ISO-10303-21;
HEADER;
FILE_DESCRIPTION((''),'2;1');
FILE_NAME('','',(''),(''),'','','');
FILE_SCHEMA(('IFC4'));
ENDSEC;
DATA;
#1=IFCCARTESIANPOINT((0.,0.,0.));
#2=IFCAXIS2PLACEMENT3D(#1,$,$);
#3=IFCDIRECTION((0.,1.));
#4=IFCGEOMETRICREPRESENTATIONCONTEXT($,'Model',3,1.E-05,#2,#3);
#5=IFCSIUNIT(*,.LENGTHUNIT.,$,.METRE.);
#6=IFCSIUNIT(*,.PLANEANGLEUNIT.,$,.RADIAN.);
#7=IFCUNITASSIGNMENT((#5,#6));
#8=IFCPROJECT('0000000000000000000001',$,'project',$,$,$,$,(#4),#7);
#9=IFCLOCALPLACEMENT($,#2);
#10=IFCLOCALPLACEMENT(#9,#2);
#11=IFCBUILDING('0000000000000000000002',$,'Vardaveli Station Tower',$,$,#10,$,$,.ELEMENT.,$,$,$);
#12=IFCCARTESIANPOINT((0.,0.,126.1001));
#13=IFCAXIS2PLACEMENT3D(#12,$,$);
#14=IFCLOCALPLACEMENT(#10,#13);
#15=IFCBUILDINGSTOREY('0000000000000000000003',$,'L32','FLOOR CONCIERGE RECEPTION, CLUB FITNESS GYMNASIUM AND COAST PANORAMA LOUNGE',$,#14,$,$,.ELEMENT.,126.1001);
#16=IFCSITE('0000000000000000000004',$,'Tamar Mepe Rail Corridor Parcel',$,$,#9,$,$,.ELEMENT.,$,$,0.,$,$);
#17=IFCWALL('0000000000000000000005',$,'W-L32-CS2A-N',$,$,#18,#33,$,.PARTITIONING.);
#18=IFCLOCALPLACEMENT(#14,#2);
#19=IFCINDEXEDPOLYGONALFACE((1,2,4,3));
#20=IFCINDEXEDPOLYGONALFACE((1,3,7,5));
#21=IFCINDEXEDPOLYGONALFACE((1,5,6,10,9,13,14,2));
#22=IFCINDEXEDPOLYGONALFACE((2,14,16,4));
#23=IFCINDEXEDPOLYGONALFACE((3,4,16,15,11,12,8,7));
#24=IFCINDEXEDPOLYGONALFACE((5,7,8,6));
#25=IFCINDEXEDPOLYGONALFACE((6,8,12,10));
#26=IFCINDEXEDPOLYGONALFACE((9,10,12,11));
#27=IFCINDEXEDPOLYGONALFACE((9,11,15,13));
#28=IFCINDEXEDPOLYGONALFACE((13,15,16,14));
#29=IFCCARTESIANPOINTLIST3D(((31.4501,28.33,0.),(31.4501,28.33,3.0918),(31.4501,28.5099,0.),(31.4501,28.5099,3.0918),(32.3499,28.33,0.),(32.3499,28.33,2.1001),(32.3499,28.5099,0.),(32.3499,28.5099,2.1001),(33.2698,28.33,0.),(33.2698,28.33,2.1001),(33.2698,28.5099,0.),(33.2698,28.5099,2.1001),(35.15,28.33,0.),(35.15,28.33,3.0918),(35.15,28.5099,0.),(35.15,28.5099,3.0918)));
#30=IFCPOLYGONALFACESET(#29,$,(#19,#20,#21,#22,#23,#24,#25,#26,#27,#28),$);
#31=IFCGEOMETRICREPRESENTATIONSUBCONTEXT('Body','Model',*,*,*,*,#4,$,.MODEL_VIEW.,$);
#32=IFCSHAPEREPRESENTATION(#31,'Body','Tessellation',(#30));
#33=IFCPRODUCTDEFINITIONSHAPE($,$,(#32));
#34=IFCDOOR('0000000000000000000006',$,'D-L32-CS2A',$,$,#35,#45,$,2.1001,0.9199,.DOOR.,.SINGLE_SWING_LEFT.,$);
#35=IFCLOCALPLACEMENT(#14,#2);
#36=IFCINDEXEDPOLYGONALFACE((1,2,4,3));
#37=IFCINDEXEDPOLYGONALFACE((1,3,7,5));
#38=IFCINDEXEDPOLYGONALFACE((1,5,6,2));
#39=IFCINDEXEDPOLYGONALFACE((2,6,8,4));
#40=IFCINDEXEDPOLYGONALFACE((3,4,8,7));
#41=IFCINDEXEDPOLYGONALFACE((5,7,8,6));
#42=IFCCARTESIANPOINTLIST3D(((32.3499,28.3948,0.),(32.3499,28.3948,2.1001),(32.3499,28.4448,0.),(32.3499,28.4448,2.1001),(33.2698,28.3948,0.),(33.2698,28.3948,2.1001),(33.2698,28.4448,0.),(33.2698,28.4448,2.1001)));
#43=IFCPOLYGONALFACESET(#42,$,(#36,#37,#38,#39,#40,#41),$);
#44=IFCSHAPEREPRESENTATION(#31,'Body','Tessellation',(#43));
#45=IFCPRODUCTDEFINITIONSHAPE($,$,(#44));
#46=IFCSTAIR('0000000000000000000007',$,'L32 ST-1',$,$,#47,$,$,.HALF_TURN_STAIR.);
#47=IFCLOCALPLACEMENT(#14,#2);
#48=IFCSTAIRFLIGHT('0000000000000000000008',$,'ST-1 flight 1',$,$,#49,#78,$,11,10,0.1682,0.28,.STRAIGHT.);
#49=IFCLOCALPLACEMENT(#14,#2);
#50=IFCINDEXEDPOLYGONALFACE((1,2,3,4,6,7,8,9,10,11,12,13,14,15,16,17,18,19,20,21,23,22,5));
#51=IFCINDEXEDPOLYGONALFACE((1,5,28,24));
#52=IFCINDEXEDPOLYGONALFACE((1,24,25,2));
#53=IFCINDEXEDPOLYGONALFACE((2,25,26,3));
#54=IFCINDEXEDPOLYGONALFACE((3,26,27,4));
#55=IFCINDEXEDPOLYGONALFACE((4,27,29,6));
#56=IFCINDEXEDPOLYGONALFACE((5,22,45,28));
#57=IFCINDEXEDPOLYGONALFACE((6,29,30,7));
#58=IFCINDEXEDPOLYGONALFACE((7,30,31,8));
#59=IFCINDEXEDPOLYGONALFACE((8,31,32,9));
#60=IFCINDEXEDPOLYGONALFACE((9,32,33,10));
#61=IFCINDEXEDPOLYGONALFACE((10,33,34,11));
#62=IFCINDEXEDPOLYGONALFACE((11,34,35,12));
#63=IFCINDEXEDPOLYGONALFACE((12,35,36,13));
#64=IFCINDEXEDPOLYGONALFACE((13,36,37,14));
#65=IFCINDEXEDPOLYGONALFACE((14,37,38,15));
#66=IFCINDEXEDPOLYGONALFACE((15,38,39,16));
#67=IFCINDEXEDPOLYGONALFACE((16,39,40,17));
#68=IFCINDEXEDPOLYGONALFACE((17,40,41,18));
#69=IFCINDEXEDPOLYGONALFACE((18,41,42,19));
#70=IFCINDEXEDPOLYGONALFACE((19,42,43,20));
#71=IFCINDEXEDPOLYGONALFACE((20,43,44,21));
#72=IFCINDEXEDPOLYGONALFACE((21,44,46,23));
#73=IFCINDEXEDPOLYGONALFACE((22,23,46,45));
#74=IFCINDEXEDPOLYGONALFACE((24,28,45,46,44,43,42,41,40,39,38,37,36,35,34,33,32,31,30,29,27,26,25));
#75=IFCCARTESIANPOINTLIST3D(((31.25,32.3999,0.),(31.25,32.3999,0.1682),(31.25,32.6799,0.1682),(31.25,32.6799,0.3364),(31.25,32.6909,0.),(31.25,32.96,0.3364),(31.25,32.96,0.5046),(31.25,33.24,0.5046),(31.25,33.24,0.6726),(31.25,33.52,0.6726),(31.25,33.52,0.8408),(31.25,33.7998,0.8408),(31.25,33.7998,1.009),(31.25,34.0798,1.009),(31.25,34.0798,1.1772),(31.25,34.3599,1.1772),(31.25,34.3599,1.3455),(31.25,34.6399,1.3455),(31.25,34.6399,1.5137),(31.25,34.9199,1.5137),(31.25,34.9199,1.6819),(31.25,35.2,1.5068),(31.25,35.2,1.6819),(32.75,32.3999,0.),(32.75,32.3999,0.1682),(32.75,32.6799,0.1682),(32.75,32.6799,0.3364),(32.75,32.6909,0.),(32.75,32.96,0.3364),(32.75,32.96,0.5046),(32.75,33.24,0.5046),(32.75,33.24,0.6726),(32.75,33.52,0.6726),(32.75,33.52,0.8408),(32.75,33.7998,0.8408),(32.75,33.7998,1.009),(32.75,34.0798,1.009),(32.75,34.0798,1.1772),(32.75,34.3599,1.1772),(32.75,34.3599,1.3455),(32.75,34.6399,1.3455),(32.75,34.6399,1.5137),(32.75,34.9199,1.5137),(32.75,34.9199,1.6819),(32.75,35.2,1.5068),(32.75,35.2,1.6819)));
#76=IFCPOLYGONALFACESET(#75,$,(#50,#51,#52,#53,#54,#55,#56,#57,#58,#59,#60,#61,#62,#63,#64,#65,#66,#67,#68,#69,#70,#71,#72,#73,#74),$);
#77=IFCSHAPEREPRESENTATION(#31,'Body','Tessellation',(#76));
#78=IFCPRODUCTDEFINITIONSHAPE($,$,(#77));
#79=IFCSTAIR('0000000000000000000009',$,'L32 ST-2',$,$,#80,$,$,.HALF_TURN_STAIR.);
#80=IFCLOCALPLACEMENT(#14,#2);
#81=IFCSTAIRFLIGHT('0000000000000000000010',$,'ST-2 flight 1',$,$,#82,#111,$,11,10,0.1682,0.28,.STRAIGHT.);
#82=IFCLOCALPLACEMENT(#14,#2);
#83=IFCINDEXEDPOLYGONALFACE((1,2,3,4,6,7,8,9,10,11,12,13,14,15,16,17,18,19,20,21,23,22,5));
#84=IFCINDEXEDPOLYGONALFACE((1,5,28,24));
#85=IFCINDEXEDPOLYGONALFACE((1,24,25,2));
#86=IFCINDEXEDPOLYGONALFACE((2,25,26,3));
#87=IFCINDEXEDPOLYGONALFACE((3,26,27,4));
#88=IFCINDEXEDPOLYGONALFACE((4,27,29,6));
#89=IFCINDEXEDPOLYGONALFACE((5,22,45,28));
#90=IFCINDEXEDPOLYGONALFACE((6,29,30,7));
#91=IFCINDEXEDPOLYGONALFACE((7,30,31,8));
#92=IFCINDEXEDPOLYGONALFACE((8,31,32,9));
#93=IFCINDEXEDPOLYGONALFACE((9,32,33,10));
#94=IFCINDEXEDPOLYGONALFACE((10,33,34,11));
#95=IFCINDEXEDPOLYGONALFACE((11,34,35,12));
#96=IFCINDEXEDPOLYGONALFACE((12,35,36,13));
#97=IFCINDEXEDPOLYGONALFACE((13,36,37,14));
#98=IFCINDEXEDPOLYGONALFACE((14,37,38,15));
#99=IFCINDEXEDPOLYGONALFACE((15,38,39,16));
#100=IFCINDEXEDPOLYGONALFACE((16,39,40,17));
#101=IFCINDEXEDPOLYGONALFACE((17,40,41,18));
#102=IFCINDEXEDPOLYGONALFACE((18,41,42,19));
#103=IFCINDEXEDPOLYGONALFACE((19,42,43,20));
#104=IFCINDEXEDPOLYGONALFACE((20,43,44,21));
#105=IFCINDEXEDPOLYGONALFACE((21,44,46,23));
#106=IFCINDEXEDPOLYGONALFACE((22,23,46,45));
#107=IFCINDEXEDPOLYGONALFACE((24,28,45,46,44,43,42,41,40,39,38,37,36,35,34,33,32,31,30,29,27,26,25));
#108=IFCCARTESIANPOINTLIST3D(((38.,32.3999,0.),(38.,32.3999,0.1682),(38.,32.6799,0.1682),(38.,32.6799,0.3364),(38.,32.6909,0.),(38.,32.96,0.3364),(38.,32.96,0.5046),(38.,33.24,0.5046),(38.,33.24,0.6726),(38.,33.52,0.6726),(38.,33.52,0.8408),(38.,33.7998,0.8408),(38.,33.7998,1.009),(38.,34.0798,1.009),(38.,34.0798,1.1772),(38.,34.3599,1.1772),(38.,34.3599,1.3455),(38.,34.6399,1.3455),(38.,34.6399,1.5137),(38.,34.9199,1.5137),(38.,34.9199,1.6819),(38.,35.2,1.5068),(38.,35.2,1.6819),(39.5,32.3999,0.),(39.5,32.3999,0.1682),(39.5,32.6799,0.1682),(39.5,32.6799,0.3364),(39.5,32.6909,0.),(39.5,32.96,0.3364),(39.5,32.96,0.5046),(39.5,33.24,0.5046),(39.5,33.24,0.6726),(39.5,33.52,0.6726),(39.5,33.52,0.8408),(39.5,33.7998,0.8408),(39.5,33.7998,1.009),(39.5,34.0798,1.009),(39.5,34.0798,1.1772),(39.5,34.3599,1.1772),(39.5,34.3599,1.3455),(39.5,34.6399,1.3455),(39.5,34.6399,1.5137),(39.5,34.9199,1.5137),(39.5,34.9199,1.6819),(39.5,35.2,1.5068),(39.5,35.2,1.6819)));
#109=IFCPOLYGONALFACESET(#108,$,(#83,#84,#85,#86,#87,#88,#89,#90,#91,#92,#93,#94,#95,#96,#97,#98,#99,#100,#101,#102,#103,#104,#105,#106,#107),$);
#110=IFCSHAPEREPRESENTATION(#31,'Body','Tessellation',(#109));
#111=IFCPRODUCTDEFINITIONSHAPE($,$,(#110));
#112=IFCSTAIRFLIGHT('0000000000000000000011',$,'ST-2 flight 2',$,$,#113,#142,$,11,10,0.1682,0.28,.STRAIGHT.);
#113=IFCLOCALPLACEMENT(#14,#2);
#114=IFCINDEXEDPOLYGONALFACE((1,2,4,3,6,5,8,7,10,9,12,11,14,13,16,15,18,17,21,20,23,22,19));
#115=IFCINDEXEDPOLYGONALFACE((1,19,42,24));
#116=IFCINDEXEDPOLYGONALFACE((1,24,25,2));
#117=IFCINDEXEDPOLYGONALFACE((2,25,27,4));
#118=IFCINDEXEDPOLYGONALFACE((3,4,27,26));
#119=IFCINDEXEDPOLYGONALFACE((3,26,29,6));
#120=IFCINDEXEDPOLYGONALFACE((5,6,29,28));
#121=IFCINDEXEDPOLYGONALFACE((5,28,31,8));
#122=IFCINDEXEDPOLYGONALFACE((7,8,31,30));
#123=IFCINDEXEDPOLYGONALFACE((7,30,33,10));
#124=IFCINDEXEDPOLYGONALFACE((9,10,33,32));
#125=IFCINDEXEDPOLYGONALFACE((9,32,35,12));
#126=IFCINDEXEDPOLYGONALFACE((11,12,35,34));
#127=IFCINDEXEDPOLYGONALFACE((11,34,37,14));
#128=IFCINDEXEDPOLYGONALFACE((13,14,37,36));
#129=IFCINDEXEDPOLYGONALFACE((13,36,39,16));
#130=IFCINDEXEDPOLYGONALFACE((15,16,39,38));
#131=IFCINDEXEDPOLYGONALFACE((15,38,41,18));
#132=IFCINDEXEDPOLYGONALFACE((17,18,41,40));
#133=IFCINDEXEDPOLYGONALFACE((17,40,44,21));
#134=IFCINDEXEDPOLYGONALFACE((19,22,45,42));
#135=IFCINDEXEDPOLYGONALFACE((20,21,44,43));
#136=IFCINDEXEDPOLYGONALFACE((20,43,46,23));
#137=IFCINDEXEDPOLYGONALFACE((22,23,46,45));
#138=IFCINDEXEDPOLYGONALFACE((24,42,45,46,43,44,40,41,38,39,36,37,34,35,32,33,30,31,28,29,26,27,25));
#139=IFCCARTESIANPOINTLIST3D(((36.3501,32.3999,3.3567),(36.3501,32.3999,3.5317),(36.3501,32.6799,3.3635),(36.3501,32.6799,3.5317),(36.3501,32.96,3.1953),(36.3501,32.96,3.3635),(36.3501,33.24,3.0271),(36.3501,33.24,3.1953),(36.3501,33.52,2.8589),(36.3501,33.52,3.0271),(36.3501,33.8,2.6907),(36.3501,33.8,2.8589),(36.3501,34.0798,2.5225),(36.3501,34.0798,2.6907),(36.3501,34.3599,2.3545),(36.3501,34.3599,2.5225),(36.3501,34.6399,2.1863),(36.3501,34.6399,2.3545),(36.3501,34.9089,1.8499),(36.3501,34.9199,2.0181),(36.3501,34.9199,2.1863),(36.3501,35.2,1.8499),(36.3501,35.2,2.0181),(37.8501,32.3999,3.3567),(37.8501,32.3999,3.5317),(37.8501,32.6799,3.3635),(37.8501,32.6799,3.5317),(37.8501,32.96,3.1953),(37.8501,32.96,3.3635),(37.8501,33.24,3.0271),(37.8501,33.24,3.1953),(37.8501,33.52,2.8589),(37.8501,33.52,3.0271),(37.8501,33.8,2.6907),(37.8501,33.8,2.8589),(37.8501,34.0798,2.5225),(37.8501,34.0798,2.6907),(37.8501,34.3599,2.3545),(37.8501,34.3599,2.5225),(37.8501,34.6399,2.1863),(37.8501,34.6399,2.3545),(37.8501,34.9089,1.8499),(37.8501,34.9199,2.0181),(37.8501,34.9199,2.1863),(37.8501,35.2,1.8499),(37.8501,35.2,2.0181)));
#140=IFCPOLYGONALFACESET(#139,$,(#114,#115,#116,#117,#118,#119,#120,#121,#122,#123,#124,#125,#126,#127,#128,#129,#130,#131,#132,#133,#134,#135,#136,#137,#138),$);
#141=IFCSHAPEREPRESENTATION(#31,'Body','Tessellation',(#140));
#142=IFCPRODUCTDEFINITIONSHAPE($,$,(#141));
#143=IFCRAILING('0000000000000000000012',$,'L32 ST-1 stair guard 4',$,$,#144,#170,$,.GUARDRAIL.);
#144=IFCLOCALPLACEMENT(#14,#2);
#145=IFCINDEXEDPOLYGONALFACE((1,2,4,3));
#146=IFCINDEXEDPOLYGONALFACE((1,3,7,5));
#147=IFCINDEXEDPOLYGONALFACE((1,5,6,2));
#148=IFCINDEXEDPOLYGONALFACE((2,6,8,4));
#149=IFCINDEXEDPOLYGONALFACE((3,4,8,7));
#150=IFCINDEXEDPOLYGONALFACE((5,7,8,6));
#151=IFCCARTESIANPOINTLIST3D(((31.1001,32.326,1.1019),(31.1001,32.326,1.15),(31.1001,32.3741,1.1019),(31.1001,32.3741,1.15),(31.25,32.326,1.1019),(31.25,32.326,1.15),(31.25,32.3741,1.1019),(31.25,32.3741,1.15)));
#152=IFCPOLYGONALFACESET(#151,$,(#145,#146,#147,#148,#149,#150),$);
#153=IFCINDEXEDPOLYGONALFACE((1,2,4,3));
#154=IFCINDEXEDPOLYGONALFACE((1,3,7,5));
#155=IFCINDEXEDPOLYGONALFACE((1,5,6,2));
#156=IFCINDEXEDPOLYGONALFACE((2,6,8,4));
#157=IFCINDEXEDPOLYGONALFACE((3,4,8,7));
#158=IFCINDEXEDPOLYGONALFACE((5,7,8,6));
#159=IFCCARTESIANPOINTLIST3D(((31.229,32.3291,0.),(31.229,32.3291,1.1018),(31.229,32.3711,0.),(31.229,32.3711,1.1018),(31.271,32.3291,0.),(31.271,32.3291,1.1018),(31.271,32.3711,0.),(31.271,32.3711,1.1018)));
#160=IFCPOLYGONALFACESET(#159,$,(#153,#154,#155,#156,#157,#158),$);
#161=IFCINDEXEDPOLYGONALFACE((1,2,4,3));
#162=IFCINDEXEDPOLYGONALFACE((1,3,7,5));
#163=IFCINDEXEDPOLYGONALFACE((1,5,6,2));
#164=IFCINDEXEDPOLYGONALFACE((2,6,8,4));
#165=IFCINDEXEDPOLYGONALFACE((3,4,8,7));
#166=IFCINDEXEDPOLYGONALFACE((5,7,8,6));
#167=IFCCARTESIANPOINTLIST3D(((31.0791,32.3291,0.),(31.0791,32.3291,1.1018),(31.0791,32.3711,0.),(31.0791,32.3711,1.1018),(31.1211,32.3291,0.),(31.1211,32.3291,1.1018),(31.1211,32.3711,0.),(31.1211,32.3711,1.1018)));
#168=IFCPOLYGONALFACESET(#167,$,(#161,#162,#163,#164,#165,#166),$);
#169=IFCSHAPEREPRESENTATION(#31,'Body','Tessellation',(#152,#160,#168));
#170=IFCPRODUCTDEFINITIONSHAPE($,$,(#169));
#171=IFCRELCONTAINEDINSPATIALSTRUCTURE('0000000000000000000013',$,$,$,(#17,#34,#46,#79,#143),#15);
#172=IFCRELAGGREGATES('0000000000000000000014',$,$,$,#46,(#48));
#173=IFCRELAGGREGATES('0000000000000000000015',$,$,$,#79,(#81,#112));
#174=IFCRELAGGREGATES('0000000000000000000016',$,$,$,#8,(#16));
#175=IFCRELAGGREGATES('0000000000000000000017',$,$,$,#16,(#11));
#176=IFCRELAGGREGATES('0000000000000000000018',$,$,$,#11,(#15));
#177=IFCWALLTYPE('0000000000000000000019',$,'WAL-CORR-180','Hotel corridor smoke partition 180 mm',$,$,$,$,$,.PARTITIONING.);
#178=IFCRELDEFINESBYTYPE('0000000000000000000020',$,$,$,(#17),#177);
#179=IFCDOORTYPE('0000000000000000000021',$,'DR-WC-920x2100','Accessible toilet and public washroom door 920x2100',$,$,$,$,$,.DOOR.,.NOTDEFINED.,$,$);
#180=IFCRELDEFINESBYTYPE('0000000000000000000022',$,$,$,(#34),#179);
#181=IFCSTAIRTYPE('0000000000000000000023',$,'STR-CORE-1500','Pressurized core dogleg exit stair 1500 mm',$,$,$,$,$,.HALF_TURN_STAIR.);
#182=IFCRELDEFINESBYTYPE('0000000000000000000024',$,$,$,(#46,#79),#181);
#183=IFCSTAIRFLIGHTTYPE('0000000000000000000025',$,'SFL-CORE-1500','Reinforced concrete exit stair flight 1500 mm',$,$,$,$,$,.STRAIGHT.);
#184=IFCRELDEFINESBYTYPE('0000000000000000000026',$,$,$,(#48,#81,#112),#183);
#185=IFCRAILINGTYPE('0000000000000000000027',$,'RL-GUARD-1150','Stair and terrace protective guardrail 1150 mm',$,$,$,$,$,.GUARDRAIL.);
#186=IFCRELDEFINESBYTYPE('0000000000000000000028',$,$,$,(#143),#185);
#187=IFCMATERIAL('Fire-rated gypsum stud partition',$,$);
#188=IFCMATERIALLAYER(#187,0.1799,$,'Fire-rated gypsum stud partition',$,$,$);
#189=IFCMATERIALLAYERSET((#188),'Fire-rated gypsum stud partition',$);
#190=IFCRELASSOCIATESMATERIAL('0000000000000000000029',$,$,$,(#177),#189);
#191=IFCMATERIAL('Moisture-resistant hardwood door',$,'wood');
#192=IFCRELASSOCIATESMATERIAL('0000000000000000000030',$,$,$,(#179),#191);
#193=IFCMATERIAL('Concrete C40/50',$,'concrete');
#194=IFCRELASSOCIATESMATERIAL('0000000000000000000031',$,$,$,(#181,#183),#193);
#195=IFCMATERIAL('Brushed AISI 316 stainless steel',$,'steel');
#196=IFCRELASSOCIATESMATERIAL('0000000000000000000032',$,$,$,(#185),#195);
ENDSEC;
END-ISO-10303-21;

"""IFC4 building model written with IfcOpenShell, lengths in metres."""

from ifc_helpers import new_model, si_unit, direction, frame, frame_2d, origin, origin_2d, place, context, subcontext, project, spatial, polyline, rectangle, outline, extrude, source, transform, mapped, material, layer, layer_set, type_object, element, fill, aggregate, save


model = new_model("IFC4")

# Units and contexts
model_context = context("Model", 3, precision=1e-05, world=origin(), true_north=direction((0.0, 1.0)))
body_context = subcontext(model_context, "Body", "Model", "MODEL_VIEW")
ifc_project = project(units=[si_unit("LENGTHUNIT", "METRE"), si_unit("PLANEANGLEUNIT", "RADIAN")], contexts=[model_context])

# Site, building, storey
site_placement = place(None, origin())
site = spatial("IfcSite", under=ifc_project, at=site_placement, Name="Tamar Mepe Rail Corridor Parcel", CompositionType="ELEMENT", RefElevation=0.0)
building_placement = place(site_placement, origin())
building = spatial("IfcBuilding", under=site, at=building_placement, Name="Vardaveli Station Tower", CompositionType="ELEMENT")
storey_placement = place(building_placement, frame((0.0, 0.0, 126.1001)))
storey = spatial("IfcBuildingStorey", under=building, at=storey_placement, Name="L32", Description="FLOOR CONCIERGE RECEPTION, CLUB FITNESS GYMNASIUM AND COAST PANORAMA LOUNGE", CompositionType="ELEMENT", Elevation=126.1001)

# Shared definitions
ifc_material_1 = material(Name="Concrete C40/50", Category="concrete")

# Wall, opening, door
ifc_material_2 = material(Name="Fire-rated gypsum stud partition")
ifc_layer_1 = layer(ifc_material_2, 0.1799, Name="Fire-rated gypsum stud partition")
ifc_layer_set_1 = layer_set([ifc_layer_1], Name="Fire-rated gypsum stud partition")
wall_type_1 = type_object("IfcWallType", Name="WAL-CORR-180", Description="Hotel corridor smoke partition 180 mm", PredefinedType="PARTITIONING", material=ifc_layer_set_1)
ifc_material_3 = material(Name="Moisture-resistant hardwood door", Category="wood")
door_type_1 = type_object("IfcDoorType", Name="DR-WC-920x2100", Description="Accessible toilet and public washroom door 920x2100", OperationType="NOTDEFINED", PredefinedType="DOOR", material=ifc_material_3)
shared_shape_1 = source(origin(), body_context, "Body", "SweptSolid", [
    extrude(rectangle(XDim=0.9199, YDim=2.1001, at=frame_2d((0.46, 1.05))), frame((0.0, 0.0249, 0.0), z_axis=(0.0, -1.0, 0.0), x_axis=(1.0, 0.0, 0.0)), (0.0, 0.0, 1.0), 0.05),
])
shared_shape_2 = source(origin(), body_context, "Body", "SweptSolid", [
    extrude(rectangle(XDim=3.7, YDim=0.1799, at=frame_2d((1.8501, 0.0))), origin(), (0.0, 0.0, 1.0), 3.0918),
])
wall_1_placement = place(storey_placement, frame((31.45, 28.4199, 0.0), z_axis=(0.0, 0.0, 1.0), x_axis=(1.0, 0.0, 0.0)))
wall_1 = element("IfcWall", 1, at=wall_1_placement, inside=storey, type_object=wall_type_1, Name="W-L32-CS2A-N", PredefinedType="PARTITIONING", context=body_context, shape_type="MappedRepresentation", body=[
    mapped(shared_shape_2, transform((0.0, 0.0, 0.0), scale=1.0)),
])
shared_shape_3 = source(origin(), body_context, "Body", "SweptSolid", [
    extrude(rectangle(XDim=0.9199, YDim=2.1001, at=frame_2d((0.46, 1.05))), frame((0.0, 0.1001, 0.0), z_axis=(0.0, -1.0, 0.0), x_axis=(1.0, 0.0, 0.0)), (0.0, 0.0, 1.0), 0.2),
])
opening_1_placement = place(wall_1_placement, frame((0.8999, 0.0, 0.0)))
opening_1 = element("IfcOpeningElement", 2, at=opening_1_placement, cuts=wall_1, PredefinedType="OPENING", context=body_context, shape_type="MappedRepresentation", body=[
    mapped(shared_shape_3, transform((0.0, 0.0, 0.0), scale=1.0)),
])
door_1_placement = place(opening_1_placement, origin())
door_1 = element("IfcDoor", 3, at=door_1_placement, inside=storey, type_object=door_type_1, Name="D-L32-CS2A", OperationType="SINGLE_SWING_LEFT", OverallHeight=2.1001, OverallWidth=0.9199, PredefinedType="DOOR", context=body_context, shape_type="MappedRepresentation", body=[
    mapped(shared_shape_1, transform((0.0, 0.0, 0.0), scale=1.0)),
])
fill(opening_1, door_1)

# Stair, stair flight
stair_type = type_object("IfcStairType", Name="STR-CORE-1500", Description="Pressurized core dogleg exit stair 1500 mm", PredefinedType="HALF_TURN_STAIR", material=ifc_material_1)
stair_1_placement = place(storey_placement, origin())
stair_1 = element("IfcStair", 4, at=stair_1_placement, inside=storey, type_object=stair_type, Name="L32 ST-1", PredefinedType="HALF_TURN_STAIR")
stair_flight_type = type_object("IfcStairFlightType", Name="SFL-CORE-1500", Description="Reinforced concrete exit stair flight 1500 mm", PredefinedType="STRAIGHT", material=ifc_material_1)
shared_shape_4 = source(origin(), body_context, "Body", "SweptSolid", [
    extrude(outline(polyline([(0.0, 0.0), (0.0, 0.1682), (0.28, 0.1682), (0.28, 0.3364), (0.5601, 0.3364), (0.5601, 0.5046), (0.8401, 0.5046), (0.8401, 0.6726), (1.1201, 0.6726), (1.1201, 0.8408), (1.3999, 0.8408), (1.3999, 1.009), (1.6799, 1.009), (1.6799, 1.1772), (1.96, 1.1772), (1.96, 1.3455), (2.24, 1.3455), (2.24, 1.5137), (2.52, 1.5137), (2.52, 1.6819), (2.8, 1.6819), (2.8, 1.8501), (2.8, 1.5068), (0.291, 0.0), (0.0, 0.0)])), frame((0.0, 0.75, 0.0), z_axis=(0.0, -1.0, 0.0), x_axis=(1.0, 0.0, 0.0)), (0.0, 0.0, 1.0), 1.5),
])
stair_flight_1_placement = place(storey_placement, frame((32.0, 32.3999, 0.0), z_axis=(0.0, 0.0, 1.0), x_axis=(0.0, 1.0, 0.0)))
stair_flight_1 = element("IfcStairFlight", 5, at=stair_flight_1_placement, type_object=stair_flight_type, Name="ST-1 flight 1", NumberOfRisers=11, NumberOfTreads=10, PredefinedType="STRAIGHT", RiserHeight=0.1682, TreadLength=0.28, context=body_context, shape_type="MappedRepresentation", body=[
    mapped(shared_shape_4, transform((0.0, 0.0, 0.0), scale=1.0)),
])
aggregate(stair_1, [stair_flight_1])

# Stair, stair flights
stair_2_placement = place(storey_placement, origin())
stair_2 = element("IfcStair", 6, at=stair_2_placement, inside=storey, type_object=stair_type, Name="L32 ST-2", PredefinedType="HALF_TURN_STAIR")
stair_flight_2_placement = place(storey_placement, frame((38.75, 32.3999, 0.0), z_axis=(0.0, 0.0, 1.0), x_axis=(0.0, 1.0, 0.0)))
stair_flight_2 = element("IfcStairFlight", 7, at=stair_flight_2_placement, type_object=stair_flight_type, Name="ST-2 flight 1", NumberOfRisers=11, NumberOfTreads=10, PredefinedType="STRAIGHT", RiserHeight=0.1682, TreadLength=0.28, context=body_context, shape_type="MappedRepresentation", body=[
    mapped(shared_shape_4, transform((0.0, 0.0, 0.0), scale=1.0)),
])
stair_flight_3_placement = place(storey_placement, frame((37.1001, 35.2, 1.8499), z_axis=(0.0, 0.0, 1.0), x_axis=(0.0, -1.0, 0.0)))
stair_flight_3 = element("IfcStairFlight", 8, at=stair_flight_3_placement, type_object=stair_flight_type, Name="ST-2 flight 2", NumberOfRisers=11, NumberOfTreads=10, PredefinedType="STRAIGHT", RiserHeight=0.1682, TreadLength=0.28, context=body_context, shape_type="MappedRepresentation", body=[
    mapped(shared_shape_4, transform((0.0, 0.0, 0.0), scale=1.0)),
])
aggregate(stair_2, [stair_flight_2, stair_flight_3])

# Railing
ifc_material_4 = material(Name="Brushed AISI 316 stainless steel", Category="steel")
railing_type_1 = type_object("IfcRailingType", Name="RL-GUARD-1150", Description="Stair and terrace protective guardrail 1150 mm", PredefinedType="GUARDRAIL", material=ifc_material_4)
shared_shape_5 = source(origin(), body_context, "Body", "SweptSolid", [
    extrude(rectangle(XDim=0.0481, YDim=0.0481, at=origin_2d()), frame((0.0, 0.0, 1.126), z_axis=(-1.0, 0.0, 0.0), x_axis=(0.0, -1.0, 0.0)), (0.0, 0.0, 1.0), 0.1499),
    extrude(rectangle(XDim=0.042, YDim=0.042, at=origin_2d()), origin(), (0.0, 0.0, 1.0), 1.1018),
    extrude(rectangle(XDim=0.042, YDim=0.042, at=origin_2d()), frame((-0.1499, 0.0, 0.0)), (0.0, 0.0, 1.0), 1.1018),
])
for number, where, name in (
    (9, (31.25, 32.3501, 0.0), "L32 ST-1 stair guard 4"),
):
    element("IfcRailing", number, at=place(storey_placement, frame(where)), inside=storey, type_object=railing_type_1, Name=name, PredefinedType="GUARDRAIL", context=body_context, shape_type="MappedRepresentation", body=[
        mapped(shared_shape_5, transform((0.0, 0.0, 0.0), scale=1.0)),
    ])

save(model, "model.ifc")
